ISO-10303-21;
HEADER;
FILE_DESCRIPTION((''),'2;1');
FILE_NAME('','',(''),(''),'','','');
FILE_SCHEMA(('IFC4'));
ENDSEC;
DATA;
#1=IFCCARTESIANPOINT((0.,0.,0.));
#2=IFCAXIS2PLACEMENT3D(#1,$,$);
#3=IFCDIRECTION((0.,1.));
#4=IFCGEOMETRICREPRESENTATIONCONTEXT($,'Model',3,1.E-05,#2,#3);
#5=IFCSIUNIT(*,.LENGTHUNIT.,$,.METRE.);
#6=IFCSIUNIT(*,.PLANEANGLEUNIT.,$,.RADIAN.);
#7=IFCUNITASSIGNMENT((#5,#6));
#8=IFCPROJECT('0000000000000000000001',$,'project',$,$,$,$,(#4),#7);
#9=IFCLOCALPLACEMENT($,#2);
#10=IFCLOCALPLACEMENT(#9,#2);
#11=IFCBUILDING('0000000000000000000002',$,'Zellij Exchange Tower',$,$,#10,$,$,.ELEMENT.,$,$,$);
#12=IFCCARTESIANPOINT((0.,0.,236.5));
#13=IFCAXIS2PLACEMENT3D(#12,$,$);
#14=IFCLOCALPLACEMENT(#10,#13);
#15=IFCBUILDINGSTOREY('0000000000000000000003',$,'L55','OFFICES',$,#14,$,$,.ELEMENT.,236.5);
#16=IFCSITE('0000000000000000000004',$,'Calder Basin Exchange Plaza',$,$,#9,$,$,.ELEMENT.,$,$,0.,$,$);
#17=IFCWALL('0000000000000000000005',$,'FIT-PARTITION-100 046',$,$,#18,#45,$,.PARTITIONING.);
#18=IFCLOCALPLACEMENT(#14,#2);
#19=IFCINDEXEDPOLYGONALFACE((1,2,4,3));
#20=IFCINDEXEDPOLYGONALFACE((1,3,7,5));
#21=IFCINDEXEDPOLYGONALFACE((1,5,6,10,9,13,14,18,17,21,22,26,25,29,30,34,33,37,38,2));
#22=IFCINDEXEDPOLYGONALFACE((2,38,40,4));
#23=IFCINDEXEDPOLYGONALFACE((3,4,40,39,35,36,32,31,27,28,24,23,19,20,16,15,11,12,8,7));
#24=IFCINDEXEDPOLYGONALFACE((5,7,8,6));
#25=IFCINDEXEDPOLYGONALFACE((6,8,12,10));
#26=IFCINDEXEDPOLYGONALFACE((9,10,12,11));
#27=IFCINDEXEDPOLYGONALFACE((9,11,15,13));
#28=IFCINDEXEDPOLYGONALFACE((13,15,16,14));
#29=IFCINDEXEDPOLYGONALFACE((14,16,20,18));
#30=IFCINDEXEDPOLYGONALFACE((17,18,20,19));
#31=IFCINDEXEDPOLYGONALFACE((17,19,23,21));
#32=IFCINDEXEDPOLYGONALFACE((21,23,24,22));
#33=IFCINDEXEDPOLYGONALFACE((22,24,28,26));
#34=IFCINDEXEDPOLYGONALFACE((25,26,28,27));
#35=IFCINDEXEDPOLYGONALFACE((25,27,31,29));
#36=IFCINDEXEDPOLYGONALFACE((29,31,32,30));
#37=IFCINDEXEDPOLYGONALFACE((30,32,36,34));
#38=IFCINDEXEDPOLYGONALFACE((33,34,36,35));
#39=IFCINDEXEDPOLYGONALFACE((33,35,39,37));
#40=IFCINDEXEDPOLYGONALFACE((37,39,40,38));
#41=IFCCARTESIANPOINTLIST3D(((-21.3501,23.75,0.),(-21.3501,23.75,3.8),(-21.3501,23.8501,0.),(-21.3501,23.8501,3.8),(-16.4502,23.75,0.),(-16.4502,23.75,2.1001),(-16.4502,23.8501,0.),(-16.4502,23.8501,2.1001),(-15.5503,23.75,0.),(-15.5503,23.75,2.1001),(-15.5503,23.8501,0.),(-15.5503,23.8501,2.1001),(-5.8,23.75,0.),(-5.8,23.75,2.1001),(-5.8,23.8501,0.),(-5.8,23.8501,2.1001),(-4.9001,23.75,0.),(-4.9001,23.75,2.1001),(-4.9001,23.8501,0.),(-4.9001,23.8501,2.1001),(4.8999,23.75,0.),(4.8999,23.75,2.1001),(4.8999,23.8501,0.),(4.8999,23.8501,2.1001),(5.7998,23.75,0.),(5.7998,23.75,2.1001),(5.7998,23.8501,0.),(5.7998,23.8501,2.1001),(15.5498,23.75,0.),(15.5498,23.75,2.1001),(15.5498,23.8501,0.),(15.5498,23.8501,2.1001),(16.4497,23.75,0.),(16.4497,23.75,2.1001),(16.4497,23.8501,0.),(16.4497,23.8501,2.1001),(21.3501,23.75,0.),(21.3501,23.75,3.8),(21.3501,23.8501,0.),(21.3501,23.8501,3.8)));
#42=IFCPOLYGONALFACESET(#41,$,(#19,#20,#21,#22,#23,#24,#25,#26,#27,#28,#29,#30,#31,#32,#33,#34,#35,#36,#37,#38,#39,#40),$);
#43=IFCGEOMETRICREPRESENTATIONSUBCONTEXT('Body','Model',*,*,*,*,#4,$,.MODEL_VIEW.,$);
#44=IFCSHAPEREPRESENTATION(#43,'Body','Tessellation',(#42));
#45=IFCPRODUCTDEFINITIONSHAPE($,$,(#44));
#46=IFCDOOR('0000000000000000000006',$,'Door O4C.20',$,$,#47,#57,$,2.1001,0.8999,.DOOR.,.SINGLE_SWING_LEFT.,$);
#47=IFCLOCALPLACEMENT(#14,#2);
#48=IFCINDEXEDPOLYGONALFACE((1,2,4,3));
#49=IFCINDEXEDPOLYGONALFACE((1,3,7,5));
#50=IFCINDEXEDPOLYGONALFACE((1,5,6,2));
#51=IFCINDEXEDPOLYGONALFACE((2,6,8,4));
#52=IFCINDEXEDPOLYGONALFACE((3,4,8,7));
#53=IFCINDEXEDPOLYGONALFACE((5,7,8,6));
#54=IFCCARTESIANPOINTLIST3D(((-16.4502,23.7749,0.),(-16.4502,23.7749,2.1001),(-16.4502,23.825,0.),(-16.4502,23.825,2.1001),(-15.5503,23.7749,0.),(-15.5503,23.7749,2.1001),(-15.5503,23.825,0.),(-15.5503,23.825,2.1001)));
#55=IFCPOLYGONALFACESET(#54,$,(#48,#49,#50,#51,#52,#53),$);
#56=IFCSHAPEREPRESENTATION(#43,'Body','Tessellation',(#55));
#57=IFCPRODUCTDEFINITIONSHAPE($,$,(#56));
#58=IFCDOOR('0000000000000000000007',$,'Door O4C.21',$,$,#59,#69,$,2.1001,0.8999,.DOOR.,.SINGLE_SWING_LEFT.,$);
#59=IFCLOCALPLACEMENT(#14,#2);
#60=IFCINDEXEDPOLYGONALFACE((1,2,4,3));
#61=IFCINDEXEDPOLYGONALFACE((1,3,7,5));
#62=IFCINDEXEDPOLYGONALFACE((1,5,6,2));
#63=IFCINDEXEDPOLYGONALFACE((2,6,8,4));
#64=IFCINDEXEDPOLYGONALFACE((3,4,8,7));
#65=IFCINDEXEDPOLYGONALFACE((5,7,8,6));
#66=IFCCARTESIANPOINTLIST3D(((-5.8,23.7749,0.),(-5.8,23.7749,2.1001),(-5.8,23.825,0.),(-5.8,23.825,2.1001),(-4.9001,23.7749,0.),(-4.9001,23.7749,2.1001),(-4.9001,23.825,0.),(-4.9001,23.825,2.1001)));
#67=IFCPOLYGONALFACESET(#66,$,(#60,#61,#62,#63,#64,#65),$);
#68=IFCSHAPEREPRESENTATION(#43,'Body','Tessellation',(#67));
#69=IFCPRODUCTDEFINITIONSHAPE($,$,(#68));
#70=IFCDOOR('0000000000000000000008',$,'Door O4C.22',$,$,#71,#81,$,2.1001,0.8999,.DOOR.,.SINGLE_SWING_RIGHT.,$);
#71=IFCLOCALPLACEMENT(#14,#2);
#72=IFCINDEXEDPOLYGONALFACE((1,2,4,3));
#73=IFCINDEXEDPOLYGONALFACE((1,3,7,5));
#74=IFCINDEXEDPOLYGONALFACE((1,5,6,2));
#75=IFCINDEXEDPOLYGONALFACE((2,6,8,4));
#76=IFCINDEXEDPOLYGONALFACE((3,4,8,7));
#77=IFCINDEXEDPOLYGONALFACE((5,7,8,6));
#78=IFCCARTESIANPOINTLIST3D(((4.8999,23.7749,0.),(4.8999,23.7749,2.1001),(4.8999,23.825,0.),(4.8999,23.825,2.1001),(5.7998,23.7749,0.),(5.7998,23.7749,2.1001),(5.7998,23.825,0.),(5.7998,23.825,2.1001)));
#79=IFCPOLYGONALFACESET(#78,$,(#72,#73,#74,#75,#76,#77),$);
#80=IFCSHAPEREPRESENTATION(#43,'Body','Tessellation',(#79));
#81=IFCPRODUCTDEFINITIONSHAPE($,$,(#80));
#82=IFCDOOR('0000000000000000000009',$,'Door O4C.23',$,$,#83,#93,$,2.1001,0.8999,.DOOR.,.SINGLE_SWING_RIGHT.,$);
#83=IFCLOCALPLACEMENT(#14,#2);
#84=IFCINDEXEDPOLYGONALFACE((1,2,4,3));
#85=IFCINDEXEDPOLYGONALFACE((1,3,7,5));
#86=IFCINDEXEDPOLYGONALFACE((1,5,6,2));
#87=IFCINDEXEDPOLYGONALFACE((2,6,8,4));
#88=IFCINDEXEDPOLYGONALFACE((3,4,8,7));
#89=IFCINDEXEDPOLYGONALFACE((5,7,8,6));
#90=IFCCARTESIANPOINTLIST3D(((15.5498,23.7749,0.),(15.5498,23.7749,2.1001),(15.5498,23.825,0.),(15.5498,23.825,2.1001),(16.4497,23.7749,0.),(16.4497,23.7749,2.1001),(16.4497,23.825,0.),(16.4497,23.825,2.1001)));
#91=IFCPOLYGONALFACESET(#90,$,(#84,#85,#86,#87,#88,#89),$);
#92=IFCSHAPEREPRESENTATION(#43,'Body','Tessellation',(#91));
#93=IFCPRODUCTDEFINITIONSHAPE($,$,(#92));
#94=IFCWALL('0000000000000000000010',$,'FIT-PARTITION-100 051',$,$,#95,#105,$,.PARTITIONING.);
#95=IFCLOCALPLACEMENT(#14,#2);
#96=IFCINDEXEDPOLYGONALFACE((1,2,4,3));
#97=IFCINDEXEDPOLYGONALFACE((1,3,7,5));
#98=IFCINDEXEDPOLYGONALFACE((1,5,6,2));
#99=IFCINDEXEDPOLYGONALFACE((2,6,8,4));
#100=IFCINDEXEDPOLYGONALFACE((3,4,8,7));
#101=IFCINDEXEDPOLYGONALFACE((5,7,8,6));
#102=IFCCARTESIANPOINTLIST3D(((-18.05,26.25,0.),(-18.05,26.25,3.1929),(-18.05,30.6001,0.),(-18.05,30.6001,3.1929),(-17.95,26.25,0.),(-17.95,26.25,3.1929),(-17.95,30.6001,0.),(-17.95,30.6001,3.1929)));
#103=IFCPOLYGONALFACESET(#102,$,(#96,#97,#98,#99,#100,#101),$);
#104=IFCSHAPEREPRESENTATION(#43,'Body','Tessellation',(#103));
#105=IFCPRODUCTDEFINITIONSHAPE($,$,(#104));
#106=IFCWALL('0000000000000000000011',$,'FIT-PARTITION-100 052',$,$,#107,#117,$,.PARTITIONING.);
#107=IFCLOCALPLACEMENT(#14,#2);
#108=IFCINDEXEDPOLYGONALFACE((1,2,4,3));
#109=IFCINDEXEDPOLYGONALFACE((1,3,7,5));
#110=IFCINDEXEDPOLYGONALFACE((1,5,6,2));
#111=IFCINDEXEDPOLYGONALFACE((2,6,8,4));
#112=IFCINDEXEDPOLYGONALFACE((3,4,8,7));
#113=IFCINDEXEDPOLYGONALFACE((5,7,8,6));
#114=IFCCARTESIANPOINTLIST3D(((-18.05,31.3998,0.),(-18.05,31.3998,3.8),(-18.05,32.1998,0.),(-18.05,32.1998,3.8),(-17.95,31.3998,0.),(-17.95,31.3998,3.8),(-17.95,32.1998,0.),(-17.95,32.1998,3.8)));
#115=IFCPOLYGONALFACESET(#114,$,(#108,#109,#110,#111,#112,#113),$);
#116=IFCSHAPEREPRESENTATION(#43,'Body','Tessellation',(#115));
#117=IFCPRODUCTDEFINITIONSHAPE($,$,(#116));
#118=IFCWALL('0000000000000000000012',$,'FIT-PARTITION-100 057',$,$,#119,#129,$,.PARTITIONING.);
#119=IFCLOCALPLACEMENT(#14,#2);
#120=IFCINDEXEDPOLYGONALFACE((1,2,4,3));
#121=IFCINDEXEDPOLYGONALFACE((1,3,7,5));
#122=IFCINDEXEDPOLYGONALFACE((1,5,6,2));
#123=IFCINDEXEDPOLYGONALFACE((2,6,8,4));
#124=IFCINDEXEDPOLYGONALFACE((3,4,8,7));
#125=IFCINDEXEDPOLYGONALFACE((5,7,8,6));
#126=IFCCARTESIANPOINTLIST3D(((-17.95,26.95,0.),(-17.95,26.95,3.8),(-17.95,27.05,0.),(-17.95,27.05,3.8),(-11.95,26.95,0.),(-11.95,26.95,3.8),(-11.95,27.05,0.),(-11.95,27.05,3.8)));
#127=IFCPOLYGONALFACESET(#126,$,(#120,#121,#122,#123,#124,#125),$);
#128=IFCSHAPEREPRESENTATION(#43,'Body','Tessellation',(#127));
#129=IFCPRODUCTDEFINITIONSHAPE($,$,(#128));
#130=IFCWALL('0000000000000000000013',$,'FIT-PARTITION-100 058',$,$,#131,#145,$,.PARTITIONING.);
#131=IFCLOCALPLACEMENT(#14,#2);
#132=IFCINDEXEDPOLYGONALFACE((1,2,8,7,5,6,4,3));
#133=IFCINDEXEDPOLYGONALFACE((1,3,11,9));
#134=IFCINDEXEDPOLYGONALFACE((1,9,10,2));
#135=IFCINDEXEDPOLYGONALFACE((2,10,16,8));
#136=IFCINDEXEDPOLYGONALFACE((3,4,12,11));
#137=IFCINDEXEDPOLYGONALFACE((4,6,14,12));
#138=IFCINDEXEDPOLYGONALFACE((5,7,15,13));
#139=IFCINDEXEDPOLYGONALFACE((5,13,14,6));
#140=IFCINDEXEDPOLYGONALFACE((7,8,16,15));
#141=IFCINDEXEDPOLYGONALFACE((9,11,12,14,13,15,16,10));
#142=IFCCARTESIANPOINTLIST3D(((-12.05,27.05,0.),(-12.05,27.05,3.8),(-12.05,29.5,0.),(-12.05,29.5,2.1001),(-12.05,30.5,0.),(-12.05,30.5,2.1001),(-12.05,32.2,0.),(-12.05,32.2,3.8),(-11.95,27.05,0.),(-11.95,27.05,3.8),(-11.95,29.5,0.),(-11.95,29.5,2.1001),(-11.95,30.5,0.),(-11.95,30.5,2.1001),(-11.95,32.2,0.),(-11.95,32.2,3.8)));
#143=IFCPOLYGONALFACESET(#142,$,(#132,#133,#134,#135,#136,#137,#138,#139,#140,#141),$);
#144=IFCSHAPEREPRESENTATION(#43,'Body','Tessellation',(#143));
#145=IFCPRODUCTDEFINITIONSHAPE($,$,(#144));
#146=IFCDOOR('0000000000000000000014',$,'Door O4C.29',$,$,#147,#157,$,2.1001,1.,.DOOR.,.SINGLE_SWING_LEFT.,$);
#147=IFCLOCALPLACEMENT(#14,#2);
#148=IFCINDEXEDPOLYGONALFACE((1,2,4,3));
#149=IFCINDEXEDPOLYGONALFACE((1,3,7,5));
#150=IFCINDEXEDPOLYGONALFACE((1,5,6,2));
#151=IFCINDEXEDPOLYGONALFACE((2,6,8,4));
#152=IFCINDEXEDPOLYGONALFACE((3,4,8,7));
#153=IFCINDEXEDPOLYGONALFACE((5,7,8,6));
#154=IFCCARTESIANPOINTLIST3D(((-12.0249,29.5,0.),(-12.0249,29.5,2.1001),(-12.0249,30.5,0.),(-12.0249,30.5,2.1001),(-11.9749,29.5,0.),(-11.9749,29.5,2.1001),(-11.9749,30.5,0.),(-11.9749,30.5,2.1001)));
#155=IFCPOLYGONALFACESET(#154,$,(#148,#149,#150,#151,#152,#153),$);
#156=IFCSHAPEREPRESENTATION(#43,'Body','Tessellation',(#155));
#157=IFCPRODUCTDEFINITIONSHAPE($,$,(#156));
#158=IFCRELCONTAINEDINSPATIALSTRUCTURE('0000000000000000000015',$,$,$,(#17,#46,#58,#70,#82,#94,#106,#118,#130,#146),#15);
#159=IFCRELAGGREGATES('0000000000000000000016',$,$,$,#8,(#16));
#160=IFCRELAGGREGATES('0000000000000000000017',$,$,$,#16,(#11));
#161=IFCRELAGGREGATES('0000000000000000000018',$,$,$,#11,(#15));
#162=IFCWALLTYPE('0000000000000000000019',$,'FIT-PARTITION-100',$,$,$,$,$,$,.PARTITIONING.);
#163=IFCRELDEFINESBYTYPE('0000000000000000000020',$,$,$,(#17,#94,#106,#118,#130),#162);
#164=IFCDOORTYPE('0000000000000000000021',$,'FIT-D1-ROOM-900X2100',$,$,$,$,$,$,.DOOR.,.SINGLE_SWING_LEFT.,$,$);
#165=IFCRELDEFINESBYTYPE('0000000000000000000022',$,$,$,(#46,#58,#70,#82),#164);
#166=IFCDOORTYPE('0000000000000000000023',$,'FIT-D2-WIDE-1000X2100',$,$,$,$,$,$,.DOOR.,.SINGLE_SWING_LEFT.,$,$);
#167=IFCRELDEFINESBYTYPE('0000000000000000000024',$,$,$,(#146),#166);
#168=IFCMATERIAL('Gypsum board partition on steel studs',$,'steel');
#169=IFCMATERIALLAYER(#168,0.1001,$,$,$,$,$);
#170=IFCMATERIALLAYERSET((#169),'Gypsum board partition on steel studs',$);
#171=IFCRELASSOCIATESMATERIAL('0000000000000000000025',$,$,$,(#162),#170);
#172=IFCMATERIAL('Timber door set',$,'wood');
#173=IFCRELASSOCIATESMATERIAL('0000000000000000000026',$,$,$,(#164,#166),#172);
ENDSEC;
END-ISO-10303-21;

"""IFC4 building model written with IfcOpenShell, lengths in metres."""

from ifc_helpers import new_model, si_unit, direction, frame, frame_2d, origin, place, context, subcontext, project, spatial, rectangle, extrude, material, layer, layer_set, type_object, element, fill, save


model = new_model("IFC4")

# Units and contexts
model_context = context("Model", 3, precision=1e-05, world=origin(), true_north=direction((0.0, 1.0)))
body_context = subcontext(model_context, "Body", "Model", "MODEL_VIEW")
ifc_project = project(units=[si_unit("LENGTHUNIT", "METRE"), si_unit("PLANEANGLEUNIT", "RADIAN")], contexts=[model_context])

# Site, building, storey
site_placement = place(None, origin())
site = spatial("IfcSite", under=ifc_project, at=site_placement, Name="Calder Basin Exchange Plaza", CompositionType="ELEMENT", RefElevation=0.0)
building_placement = place(site_placement, origin())
building = spatial("IfcBuilding", under=site, at=building_placement, Name="Zellij Exchange Tower", CompositionType="ELEMENT")
storey_placement = place(building_placement, frame((0.0, 0.0, 236.5)))
storey = spatial("IfcBuildingStorey", under=building, at=storey_placement, Name="L55", Description="OFFICES", CompositionType="ELEMENT", Elevation=236.5)

# Wall, openings, doors
ifc_material_1 = material(Name="Gypsum board partition on steel studs", Category="steel")
ifc_layer = layer(ifc_material_1, 0.1001)
ifc_layer_set = layer_set([ifc_layer], Name="Gypsum board partition on steel studs")
wall_type = type_object("IfcWallType", Name="FIT-PARTITION-100", PredefinedType="PARTITIONING", material=ifc_layer_set)
wall_1_placement = place(storey_placement, frame((-21.3501, 23.8, 0.0), z_axis=(0.0, 0.0, 1.0), x_axis=(1.0, 0.0, 0.0)))
wall_1 = element("IfcWall", 1, at=wall_1_placement, inside=storey, type_object=wall_type, Name="FIT-PARTITION-100 046", PredefinedType="PARTITIONING", context=body_context, shape_type="SweptSolid", body=[
    extrude(rectangle(XDim=42.7002, YDim=0.1001, at=frame_2d((21.3501, 0.0))), origin(), (0.0, 0.0, 1.0), 3.8),
])
opening_1_placement = place(wall_1_placement, frame((4.8999, 0.0, 0.0)))
opening_1 = element("IfcOpeningElement", 2, at=opening_1_placement, cuts=wall_1, PredefinedType="OPENING", context=body_context, shape_type="SweptSolid", body=[
    extrude(rectangle(XDim=0.8999, YDim=2.1001, at=frame_2d((0.45, 1.05))), frame((0.0, 0.062, 0.0), z_axis=(0.0, -1.0, 0.0), x_axis=(1.0, 0.0, 0.0)), (0.0, 0.0, 1.0), 0.124),
])
opening_2_placement = place(wall_1_placement, frame((15.55, 0.0, 0.0)))
opening_2 = element("IfcOpeningElement", 3, at=opening_2_placement, cuts=wall_1, PredefinedType="OPENING", context=body_context, shape_type="SweptSolid", body=[
    extrude(rectangle(XDim=0.8999, YDim=2.1001, at=frame_2d((0.45, 1.05))), frame((0.0, 0.062, 0.0), z_axis=(0.0, -1.0, 0.0), x_axis=(1.0, 0.0, 0.0)), (0.0, 0.0, 1.0), 0.124),
])
opening_3_placement = place(wall_1_placement, frame((26.25, 0.0, 0.0)))
opening_3 = element("IfcOpeningElement", 4, at=opening_3_placement, cuts=wall_1, PredefinedType="OPENING", context=body_context, shape_type="SweptSolid", body=[
    extrude(rectangle(XDim=0.8999, YDim=2.1001, at=frame_2d((0.45, 1.05))), frame((0.0, 0.062, 0.0), z_axis=(0.0, -1.0, 0.0), x_axis=(1.0, 0.0, 0.0)), (0.0, 0.0, 1.0), 0.124),
])
opening_4_placement = place(wall_1_placement, frame((36.8999, 0.0, 0.0)))
opening_4 = element("IfcOpeningElement", 5, at=opening_4_placement, cuts=wall_1, PredefinedType="OPENING", context=body_context, shape_type="SweptSolid", body=[
    extrude(rectangle(XDim=0.8999, YDim=2.1001, at=frame_2d((0.45, 1.05))), frame((0.0, 0.062, 0.0), z_axis=(0.0, -1.0, 0.0), x_axis=(1.0, 0.0, 0.0)), (0.0, 0.0, 1.0), 0.124),
])
ifc_material_2 = material(Name="Timber door set", Category="wood")
door_type_1 = type_object("IfcDoorType", Name="FIT-D1-ROOM-900X2100", OperationType="SINGLE_SWING_LEFT", PredefinedType="DOOR", material=ifc_material_2)
door_1_placement = place(opening_1_placement, origin())
door_1 = element("IfcDoor", 6, at=door_1_placement, inside=storey, type_object=door_type_1, Name="Door O4C.20", OperationType="SINGLE_SWING_LEFT", OverallHeight=2.1001, OverallWidth=0.8999, PredefinedType="DOOR", context=body_context, shape_type="SweptSolid", body=[
    extrude(rectangle(XDim=0.8999, YDim=2.1001, at=frame_2d((0.45, 1.05))), frame((0.0, 0.0249, 0.0), z_axis=(0.0, -1.0, 0.0), x_axis=(1.0, 0.0, 0.0)), (0.0, 0.0, 1.0), 0.05),
])
fill(opening_1, door_1)
door_2_placement = place(opening_2_placement, origin())
door_2 = element("IfcDoor", 7, at=door_2_placement, inside=storey, type_object=door_type_1, Name="Door O4C.21", OperationType="SINGLE_SWING_LEFT", OverallHeight=2.1001, OverallWidth=0.8999, PredefinedType="DOOR", context=body_context, shape_type="SweptSolid", body=[
    extrude(rectangle(XDim=0.8999, YDim=2.1001, at=frame_2d((0.45, 1.05))), frame((0.0, 0.0249, 0.0), z_axis=(0.0, -1.0, 0.0), x_axis=(1.0, 0.0, 0.0)), (0.0, 0.0, 1.0), 0.05),
])
fill(opening_2, door_2)
door_3_placement = place(opening_3_placement, origin())
door_3 = element("IfcDoor", 8, at=door_3_placement, inside=storey, type_object=door_type_1, Name="Door O4C.22", OperationType="SINGLE_SWING_RIGHT", OverallHeight=2.1001, OverallWidth=0.8999, PredefinedType="DOOR", context=body_context, shape_type="SweptSolid", body=[
    extrude(rectangle(XDim=0.8999, YDim=2.1001, at=frame_2d((0.45, 1.05))), frame((0.0, 0.0249, 0.0), z_axis=(0.0, -1.0, 0.0), x_axis=(1.0, 0.0, 0.0)), (0.0, 0.0, 1.0), 0.05),
])
fill(opening_3, door_3)
door_4_placement = place(opening_4_placement, origin())
door_4 = element("IfcDoor", 9, at=door_4_placement, inside=storey, type_object=door_type_1, Name="Door O4C.23", OperationType="SINGLE_SWING_RIGHT", OverallHeight=2.1001, OverallWidth=0.8999, PredefinedType="DOOR", context=body_context, shape_type="SweptSolid", body=[
    extrude(rectangle(XDim=0.8999, YDim=2.1001, at=frame_2d((0.45, 1.05))), frame((0.0, 0.0249, 0.0), z_axis=(0.0, -1.0, 0.0), x_axis=(1.0, 0.0, 0.0)), (0.0, 0.0, 1.0), 0.05),
])
fill(opening_4, door_4)

# Walls
wall_2_placement = place(storey_placement, frame((-18.0, 26.25, 0.0), z_axis=(0.0, 0.0, 1.0), x_axis=(0.0, 1.0, 0.0)))
element("IfcWall", 10, at=wall_2_placement, inside=storey, type_object=wall_type, Name="FIT-PARTITION-100 051", PredefinedType="PARTITIONING", context=body_context, shape_type="SweptSolid", body=[
    extrude(rectangle(XDim=4.3501, YDim=0.1001, at=frame_2d((2.175, 0.0))), origin(), (0.0, 0.0, 1.0), 3.1929),
])
wall_3_placement = place(storey_placement, frame((-18.0, 31.3999, 0.0), z_axis=(0.0, 0.0, 1.0), x_axis=(0.0, 1.0, 0.0)))
element("IfcWall", 11, at=wall_3_placement, inside=storey, type_object=wall_type, Name="FIT-PARTITION-100 052", PredefinedType="PARTITIONING", context=body_context, shape_type="SweptSolid", body=[
    extrude(rectangle(XDim=0.8, YDim=0.1001, at=frame_2d((0.3999, 0.0))), origin(), (0.0, 0.0, 1.0), 3.8),
])
wall_4_placement = place(storey_placement, frame((-17.95, 27.0, 0.0), z_axis=(0.0, 0.0, 1.0), x_axis=(1.0, 0.0, 0.0)))
element("IfcWall", 12, at=wall_4_placement, inside=storey, type_object=wall_type, Name="FIT-PARTITION-100 057", PredefinedType="PARTITIONING", context=body_context, shape_type="SweptSolid", body=[
    extrude(rectangle(XDim=6.0, YDim=0.1001, at=frame_2d((3.0, 0.0))), origin(), (0.0, 0.0, 1.0), 3.8),
])

# Wall, opening, door
wall_5_placement = place(storey_placement, frame((-12.0, 27.05, 0.0), z_axis=(0.0, 0.0, 1.0), x_axis=(0.0, 1.0, 0.0)))
wall_5 = element("IfcWall", 13, at=wall_5_placement, inside=storey, type_object=wall_type, Name="FIT-PARTITION-100 058", PredefinedType="PARTITIONING", context=body_context, shape_type="SweptSolid", body=[
    extrude(rectangle(XDim=5.1499, YDim=0.1001, at=frame_2d((2.575, 0.0))), origin(), (0.0, 0.0, 1.0), 3.8),
])
opening_5_placement = place(wall_5_placement, frame((2.45, 0.0, 0.0)))
opening_5 = element("IfcOpeningElement", 14, at=opening_5_placement, cuts=wall_5, PredefinedType="OPENING", context=body_context, shape_type="SweptSolid", body=[
    extrude(rectangle(XDim=1.0, YDim=2.1001, at=frame_2d((0.5, 1.05))), frame((0.0, 0.062, 0.0), z_axis=(0.0, -1.0, 0.0), x_axis=(1.0, 0.0, 0.0)), (0.0, 0.0, 1.0), 0.124),
])
door_type_2 = type_object("IfcDoorType", Name="FIT-D2-WIDE-1000X2100", OperationType="SINGLE_SWING_LEFT", PredefinedType="DOOR", material=ifc_material_2)
door_5_placement = place(opening_5_placement, origin())
door_5 = element("IfcDoor", 15, at=door_5_placement, inside=storey, type_object=door_type_2, Name="Door O4C.29", OperationType="SINGLE_SWING_LEFT", OverallHeight=2.1001, OverallWidth=1.0, PredefinedType="DOOR", context=body_context, shape_type="SweptSolid", body=[
    extrude(rectangle(XDim=1.0, YDim=2.1001, at=frame_2d((0.5, 1.05))), frame((0.0, 0.0249, 0.0), z_axis=(0.0, -1.0, 0.0), x_axis=(1.0, 0.0, 0.0)), (0.0, 0.0, 1.0), 0.05),
])
fill(opening_5, door_5)

save(model, "model.ifc")
